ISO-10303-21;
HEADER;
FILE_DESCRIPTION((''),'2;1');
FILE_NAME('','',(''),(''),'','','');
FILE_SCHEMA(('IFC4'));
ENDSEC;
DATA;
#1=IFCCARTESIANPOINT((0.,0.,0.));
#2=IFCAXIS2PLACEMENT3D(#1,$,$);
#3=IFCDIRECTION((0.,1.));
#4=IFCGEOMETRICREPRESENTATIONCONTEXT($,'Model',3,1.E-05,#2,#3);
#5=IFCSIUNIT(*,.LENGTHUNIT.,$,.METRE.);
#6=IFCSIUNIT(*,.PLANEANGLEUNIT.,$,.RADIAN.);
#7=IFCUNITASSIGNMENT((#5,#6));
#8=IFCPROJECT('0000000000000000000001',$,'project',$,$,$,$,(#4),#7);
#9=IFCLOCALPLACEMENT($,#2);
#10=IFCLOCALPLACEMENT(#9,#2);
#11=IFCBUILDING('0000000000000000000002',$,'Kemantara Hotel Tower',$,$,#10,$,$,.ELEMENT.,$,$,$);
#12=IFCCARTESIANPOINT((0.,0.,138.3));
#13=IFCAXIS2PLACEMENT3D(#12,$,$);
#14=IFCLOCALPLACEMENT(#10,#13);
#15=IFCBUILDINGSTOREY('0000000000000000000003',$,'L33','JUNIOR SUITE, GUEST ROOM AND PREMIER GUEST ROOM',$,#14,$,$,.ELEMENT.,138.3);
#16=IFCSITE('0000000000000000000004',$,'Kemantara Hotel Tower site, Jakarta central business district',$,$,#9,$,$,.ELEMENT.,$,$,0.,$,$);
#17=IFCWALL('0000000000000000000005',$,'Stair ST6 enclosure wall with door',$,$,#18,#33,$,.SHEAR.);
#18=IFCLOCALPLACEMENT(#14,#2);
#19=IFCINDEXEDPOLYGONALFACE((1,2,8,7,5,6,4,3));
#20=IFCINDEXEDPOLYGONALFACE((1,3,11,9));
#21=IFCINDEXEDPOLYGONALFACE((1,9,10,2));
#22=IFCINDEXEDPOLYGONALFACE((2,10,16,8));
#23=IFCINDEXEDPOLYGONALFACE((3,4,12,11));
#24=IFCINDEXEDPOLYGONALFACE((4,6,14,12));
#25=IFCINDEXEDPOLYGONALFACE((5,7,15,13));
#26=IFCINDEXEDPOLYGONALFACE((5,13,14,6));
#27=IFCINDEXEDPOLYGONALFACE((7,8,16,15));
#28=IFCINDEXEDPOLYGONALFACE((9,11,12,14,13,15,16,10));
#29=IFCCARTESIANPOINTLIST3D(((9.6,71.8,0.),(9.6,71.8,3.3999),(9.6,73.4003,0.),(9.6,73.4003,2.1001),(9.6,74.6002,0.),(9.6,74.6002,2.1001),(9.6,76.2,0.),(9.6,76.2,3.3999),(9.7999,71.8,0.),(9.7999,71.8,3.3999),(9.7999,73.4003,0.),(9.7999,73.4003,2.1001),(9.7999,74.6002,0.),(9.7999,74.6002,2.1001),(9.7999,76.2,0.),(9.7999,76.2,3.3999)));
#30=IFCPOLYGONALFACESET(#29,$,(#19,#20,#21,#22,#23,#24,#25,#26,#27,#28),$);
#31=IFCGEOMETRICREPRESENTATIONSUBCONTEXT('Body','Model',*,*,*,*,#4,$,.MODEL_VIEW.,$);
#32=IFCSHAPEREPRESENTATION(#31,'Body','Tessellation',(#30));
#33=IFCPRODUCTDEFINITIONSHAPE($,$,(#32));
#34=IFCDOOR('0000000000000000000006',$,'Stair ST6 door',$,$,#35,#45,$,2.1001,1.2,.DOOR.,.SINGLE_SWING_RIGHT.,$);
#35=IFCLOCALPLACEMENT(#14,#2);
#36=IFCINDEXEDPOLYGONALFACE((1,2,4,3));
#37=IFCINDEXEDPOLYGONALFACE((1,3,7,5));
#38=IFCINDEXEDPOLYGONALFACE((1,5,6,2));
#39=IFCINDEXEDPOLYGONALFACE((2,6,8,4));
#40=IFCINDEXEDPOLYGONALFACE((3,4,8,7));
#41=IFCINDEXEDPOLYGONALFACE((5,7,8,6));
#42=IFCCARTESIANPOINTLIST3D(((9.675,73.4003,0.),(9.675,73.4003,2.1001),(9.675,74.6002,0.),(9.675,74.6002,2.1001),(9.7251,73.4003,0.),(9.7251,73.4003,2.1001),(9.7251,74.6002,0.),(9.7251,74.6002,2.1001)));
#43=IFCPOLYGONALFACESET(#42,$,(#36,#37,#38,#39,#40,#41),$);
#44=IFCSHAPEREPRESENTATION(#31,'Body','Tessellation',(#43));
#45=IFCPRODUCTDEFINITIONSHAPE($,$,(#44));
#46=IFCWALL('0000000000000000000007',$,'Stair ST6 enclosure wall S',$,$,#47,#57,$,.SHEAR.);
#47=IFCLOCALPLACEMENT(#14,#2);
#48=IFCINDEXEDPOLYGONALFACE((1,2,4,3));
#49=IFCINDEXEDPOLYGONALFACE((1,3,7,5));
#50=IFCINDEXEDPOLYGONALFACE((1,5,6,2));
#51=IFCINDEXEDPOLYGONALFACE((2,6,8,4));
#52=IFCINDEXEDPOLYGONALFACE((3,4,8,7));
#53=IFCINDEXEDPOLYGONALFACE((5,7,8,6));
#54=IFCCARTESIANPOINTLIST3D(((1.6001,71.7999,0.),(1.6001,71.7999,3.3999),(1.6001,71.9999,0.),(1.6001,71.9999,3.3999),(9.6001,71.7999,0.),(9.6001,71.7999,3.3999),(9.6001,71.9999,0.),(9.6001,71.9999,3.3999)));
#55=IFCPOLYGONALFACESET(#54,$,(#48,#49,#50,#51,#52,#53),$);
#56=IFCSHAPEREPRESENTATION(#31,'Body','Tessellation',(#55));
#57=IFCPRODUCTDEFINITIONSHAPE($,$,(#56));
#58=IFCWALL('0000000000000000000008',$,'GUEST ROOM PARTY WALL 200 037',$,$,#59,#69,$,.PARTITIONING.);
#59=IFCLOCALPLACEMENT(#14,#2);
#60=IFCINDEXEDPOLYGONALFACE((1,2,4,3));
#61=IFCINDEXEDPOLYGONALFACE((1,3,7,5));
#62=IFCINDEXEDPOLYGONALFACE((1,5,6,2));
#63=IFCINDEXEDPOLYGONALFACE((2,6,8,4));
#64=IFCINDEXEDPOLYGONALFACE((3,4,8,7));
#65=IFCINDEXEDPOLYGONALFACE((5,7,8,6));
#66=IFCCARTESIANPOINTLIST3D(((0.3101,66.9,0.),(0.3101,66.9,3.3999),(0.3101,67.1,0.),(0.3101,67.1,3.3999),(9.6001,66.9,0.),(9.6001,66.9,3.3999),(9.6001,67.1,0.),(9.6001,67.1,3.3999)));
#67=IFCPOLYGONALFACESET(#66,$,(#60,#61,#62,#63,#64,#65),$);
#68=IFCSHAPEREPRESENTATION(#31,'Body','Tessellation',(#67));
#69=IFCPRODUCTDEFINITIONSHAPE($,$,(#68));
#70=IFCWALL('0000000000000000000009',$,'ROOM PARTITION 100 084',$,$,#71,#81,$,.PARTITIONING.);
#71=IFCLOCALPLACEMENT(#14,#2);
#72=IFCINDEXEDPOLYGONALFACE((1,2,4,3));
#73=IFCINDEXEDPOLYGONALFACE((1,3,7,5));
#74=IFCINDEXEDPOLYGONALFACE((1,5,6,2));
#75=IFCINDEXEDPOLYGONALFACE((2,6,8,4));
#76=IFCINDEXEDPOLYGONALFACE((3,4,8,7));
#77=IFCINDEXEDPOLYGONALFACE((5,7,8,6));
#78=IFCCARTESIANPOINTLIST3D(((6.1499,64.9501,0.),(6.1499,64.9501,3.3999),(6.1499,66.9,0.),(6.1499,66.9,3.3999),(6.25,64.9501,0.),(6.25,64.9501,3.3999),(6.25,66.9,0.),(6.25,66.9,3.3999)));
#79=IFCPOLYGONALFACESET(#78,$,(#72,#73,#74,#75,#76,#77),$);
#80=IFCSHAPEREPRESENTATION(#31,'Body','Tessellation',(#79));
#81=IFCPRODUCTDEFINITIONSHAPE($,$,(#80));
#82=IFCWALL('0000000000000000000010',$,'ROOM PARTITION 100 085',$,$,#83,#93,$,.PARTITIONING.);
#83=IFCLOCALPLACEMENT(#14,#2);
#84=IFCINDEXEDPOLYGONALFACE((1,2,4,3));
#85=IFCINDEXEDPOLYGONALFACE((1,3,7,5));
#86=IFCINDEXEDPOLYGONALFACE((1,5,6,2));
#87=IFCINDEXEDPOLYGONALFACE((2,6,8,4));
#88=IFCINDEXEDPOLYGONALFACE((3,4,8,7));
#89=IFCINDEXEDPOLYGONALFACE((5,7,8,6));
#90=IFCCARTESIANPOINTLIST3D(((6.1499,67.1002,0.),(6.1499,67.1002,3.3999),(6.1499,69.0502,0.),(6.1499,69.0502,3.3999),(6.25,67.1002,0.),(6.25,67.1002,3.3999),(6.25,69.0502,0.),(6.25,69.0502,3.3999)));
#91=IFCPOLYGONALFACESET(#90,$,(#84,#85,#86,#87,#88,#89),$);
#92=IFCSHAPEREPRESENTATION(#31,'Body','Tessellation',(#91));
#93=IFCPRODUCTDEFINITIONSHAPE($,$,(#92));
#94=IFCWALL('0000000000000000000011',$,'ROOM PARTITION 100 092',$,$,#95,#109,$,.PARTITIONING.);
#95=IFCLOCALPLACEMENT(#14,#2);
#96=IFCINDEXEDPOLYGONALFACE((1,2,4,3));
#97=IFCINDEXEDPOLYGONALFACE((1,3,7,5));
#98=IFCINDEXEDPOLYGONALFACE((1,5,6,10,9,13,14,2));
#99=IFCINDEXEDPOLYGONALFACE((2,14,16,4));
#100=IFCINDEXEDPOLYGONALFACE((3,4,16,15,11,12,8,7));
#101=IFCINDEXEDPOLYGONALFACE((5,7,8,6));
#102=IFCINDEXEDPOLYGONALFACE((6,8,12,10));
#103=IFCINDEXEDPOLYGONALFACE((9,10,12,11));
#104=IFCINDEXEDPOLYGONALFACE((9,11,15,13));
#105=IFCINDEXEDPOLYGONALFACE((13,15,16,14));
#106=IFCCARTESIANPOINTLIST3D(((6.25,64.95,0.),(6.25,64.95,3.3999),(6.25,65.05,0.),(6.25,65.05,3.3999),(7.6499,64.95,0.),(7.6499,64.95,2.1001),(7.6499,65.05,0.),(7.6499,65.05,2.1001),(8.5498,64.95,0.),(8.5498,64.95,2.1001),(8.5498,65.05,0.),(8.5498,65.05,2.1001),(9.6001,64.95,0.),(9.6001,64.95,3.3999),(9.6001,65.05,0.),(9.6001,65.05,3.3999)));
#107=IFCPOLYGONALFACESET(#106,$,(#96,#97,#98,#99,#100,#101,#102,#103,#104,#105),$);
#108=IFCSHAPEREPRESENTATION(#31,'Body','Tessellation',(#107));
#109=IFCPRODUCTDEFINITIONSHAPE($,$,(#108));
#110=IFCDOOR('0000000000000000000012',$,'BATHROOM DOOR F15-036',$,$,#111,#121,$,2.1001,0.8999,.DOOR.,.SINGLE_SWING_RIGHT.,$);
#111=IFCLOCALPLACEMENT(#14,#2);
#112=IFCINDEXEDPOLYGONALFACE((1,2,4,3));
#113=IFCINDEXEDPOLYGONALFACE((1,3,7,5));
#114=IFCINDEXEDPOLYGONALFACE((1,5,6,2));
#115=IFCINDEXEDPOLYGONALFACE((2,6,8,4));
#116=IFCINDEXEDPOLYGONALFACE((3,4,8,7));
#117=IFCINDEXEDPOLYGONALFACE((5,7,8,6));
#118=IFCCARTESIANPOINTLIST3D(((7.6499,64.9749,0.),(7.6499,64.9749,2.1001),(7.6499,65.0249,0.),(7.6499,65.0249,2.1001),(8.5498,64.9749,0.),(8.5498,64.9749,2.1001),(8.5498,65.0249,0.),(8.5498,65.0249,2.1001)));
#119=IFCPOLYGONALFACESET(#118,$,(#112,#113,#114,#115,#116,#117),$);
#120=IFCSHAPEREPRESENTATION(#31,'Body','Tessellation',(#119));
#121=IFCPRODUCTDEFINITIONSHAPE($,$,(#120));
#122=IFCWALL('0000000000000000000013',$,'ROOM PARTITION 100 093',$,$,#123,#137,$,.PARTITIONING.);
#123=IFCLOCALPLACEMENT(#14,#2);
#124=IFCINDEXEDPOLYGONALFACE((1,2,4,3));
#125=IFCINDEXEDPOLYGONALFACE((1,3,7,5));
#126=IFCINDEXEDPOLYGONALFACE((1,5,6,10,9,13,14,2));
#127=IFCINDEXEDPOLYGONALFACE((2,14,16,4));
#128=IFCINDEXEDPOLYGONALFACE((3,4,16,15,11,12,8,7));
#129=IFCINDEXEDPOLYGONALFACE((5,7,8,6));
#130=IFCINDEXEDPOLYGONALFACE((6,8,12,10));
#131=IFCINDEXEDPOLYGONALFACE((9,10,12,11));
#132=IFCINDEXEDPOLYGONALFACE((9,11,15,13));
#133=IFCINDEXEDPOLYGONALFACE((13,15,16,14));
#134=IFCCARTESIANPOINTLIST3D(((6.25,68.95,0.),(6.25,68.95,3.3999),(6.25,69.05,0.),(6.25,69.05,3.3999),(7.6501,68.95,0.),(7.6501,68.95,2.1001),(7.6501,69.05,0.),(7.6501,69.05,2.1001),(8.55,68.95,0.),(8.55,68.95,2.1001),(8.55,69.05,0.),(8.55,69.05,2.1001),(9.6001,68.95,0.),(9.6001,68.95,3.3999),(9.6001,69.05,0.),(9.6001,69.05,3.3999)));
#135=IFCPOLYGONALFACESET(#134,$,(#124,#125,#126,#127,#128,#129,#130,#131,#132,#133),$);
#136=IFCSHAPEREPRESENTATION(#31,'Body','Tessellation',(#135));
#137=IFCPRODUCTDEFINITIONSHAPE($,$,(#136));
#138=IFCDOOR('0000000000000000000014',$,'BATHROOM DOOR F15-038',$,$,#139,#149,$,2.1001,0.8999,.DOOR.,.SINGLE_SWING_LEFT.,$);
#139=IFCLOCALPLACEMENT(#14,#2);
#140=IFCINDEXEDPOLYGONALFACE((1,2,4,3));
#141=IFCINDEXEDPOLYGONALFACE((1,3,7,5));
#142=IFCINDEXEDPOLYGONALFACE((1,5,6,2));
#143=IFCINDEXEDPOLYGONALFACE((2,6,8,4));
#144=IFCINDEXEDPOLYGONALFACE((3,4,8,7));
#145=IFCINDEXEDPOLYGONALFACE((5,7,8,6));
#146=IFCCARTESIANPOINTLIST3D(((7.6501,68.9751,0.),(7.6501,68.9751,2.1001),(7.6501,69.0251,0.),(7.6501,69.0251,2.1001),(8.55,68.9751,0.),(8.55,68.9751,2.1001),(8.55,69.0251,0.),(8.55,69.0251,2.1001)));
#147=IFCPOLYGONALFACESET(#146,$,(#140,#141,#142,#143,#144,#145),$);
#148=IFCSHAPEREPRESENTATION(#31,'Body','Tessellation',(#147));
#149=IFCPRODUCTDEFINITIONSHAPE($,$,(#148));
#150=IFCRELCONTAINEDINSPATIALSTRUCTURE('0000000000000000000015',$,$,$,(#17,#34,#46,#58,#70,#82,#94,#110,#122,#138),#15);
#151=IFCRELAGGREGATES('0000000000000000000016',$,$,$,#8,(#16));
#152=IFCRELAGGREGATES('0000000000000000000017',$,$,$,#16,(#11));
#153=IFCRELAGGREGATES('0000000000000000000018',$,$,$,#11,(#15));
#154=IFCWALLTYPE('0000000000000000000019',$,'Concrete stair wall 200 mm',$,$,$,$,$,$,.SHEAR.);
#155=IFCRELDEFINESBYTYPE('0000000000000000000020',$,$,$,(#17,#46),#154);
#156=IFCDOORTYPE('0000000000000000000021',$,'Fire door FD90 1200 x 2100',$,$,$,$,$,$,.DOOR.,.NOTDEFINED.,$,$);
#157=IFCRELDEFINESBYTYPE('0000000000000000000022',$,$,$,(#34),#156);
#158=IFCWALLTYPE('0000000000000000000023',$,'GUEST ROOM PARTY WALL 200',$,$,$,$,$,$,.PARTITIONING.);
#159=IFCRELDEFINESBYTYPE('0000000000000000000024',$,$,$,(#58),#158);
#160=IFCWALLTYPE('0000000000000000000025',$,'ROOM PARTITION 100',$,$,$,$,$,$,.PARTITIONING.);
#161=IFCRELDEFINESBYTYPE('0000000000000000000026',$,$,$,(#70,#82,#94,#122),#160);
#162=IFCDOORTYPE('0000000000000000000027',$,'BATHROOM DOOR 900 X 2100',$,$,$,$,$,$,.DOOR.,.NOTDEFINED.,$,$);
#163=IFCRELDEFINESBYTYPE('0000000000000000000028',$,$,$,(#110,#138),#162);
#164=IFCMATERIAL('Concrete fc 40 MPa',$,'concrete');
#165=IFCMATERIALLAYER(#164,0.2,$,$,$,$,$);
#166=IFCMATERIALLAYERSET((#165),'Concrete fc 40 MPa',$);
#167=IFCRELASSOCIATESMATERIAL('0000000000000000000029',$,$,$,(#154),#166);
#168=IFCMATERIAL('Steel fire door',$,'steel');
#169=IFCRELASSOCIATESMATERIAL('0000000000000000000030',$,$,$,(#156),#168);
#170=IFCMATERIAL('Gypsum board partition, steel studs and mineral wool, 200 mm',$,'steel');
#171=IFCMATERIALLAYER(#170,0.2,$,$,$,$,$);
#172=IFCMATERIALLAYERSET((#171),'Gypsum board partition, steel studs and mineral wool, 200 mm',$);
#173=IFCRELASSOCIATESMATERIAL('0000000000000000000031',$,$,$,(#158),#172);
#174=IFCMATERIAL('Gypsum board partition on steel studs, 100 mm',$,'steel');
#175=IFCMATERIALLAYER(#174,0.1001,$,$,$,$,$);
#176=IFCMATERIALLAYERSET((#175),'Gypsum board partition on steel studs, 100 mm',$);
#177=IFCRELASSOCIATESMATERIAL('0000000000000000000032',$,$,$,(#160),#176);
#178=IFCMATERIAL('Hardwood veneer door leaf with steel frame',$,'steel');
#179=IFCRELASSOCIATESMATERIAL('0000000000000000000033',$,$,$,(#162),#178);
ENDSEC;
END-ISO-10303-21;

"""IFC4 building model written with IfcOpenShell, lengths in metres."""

from ifc_helpers import new_model, si_unit, direction, frame, frame_2d, origin, place, context, subcontext, project, spatial, rectangle, extrude, material, layer, layer_set, type_object, element, fill, save


model = new_model("IFC4")

# Units and contexts
model_context = context("Model", 3, precision=1e-05, world=origin(), true_north=direction((0.0, 1.0)))
body_context = subcontext(model_context, "Body", "Model", "MODEL_VIEW")
ifc_project = project(units=[si_unit("LENGTHUNIT", "METRE"), si_unit("PLANEANGLEUNIT", "RADIAN")], contexts=[model_context])

# Site, building, storey
site_placement = place(None, origin())
site = spatial("IfcSite", under=ifc_project, at=site_placement, Name="Kemantara Hotel Tower site, Jakarta central business district", CompositionType="ELEMENT", RefElevation=0.0)
building_placement = place(site_placement, origin())
building = spatial("IfcBuilding", under=site, at=building_placement, Name="Kemantara Hotel Tower", CompositionType="ELEMENT")
storey_placement = place(building_placement, frame((0.0, 0.0, 138.3)))
storey = spatial("IfcBuildingStorey", under=building, at=storey_placement, Name="L33", Description="JUNIOR SUITE, GUEST ROOM AND PREMIER GUEST ROOM", CompositionType="ELEMENT", Elevation=138.3)

# Shared definitions
ifc_material_1 = material(Name="Gypsum board partition, steel studs and mineral wool, 200 mm", Category="steel")
ifc_material_2 = material(Name="Hardwood veneer door leaf with steel frame", Category="steel")

# Shared definitions
ifc_material_3 = material(Name="Concrete fc 40 MPa", Category="concrete")
ifc_layer_1 = layer(ifc_material_3, 0.2)
ifc_layer_set_1 = layer_set([ifc_layer_1], Name="Concrete fc 40 MPa")
wall_type_1 = type_object("IfcWallType", Name="Concrete stair wall 200 mm", PredefinedType="SHEAR", material=ifc_layer_set_1)

# Wall, opening, door
wall_1_placement = place(storey_placement, frame((9.7, 71.8, 0.0), z_axis=(0.0, 0.0, 1.0), x_axis=(0.0, 1.0, 0.0)))
wall_1 = element("IfcWall", 1, at=wall_1_placement, inside=storey, type_object=wall_type_1, Name="Stair ST6 enclosure wall with door", PredefinedType="SHEAR", context=body_context, shape_type="SweptSolid", body=[
    extrude(rectangle(XDim=4.3999, YDim=0.2, at=frame_2d((2.2, 0.0))), origin(), (0.0, 0.0, 1.0), 3.3999),
])
opening_1_placement = place(wall_1_placement, frame((1.6001, 0.0, 0.0)))
opening_1 = element("IfcOpeningElement", 2, at=opening_1_placement, cuts=wall_1, PredefinedType="OPENING", context=body_context, shape_type="SweptSolid", body=[
    extrude(rectangle(XDim=1.2, YDim=2.1001, at=frame_2d((0.6001, 1.05))), frame((0.0, 0.1099, 0.0), z_axis=(0.0, -1.0, 0.0), x_axis=(1.0, 0.0, 0.0)), (0.0, 0.0, 1.0), 0.22),
])
ifc_material_4 = material(Name="Steel fire door", Category="steel")
door_type_1 = type_object("IfcDoorType", Name="Fire door FD90 1200 x 2100", OperationType="NOTDEFINED", PredefinedType="DOOR", material=ifc_material_4)
door_1_placement = place(opening_1_placement, origin())
door_1 = element("IfcDoor", 3, at=door_1_placement, inside=storey, type_object=door_type_1, Name="Stair ST6 door", OperationType="SINGLE_SWING_RIGHT", OverallHeight=2.1001, OverallWidth=1.2, PredefinedType="DOOR", context=body_context, shape_type="SweptSolid", body=[
    extrude(rectangle(XDim=1.2, YDim=2.1001, at=frame_2d((0.6001, 1.05))), frame((0.0, 0.0249, 0.0), z_axis=(0.0, -1.0, 0.0), x_axis=(1.0, 0.0, 0.0)), (0.0, 0.0, 1.0), 0.05),
])
fill(opening_1, door_1)

# Walls
wall_2_placement = place(storey_placement, frame((1.6001, 71.8999, 0.0), z_axis=(0.0, 0.0, 1.0), x_axis=(1.0, 0.0, 0.0)))
element("IfcWall", 4, at=wall_2_placement, inside=storey, type_object=wall_type_1, Name="Stair ST6 enclosure wall S", PredefinedType="SHEAR", context=body_context, shape_type="SweptSolid", body=[
    extrude(rectangle(XDim=8.0, YDim=0.2, at=frame_2d((4.0, 0.0))), origin(), (0.0, 0.0, 1.0), 3.3999),
])
ifc_layer_2 = layer(ifc_material_1, 0.2)
ifc_layer_set_2 = layer_set([ifc_layer_2], Name="Gypsum board partition, steel studs and mineral wool, 200 mm")
wall_type_2 = type_object("IfcWallType", Name="GUEST ROOM PARTY WALL 200", PredefinedType="PARTITIONING", material=ifc_layer_set_2)
wall_3_placement = place(storey_placement, frame((0.3101, 67.0, 0.0), z_axis=(0.0, 0.0, 1.0), x_axis=(1.0, 0.0, 0.0)))
element("IfcWall", 5, at=wall_3_placement, inside=storey, type_object=wall_type_2, Name="GUEST ROOM PARTY WALL 200 037", PredefinedType="PARTITIONING", context=body_context, shape_type="SweptSolid", body=[
    extrude(rectangle(XDim=9.29, YDim=0.2, at=frame_2d((4.645, 0.0))), origin(), (0.0, 0.0, 1.0), 3.3999),
])
ifc_material_5 = material(Name="Gypsum board partition on steel studs, 100 mm", Category="steel")
ifc_layer_3 = layer(ifc_material_5, 0.1001)
ifc_layer_set_3 = layer_set([ifc_layer_3], Name="Gypsum board partition on steel studs, 100 mm")
wall_type_3 = type_object("IfcWallType", Name="ROOM PARTITION 100", PredefinedType="PARTITIONING", material=ifc_layer_set_3)
for number, where, z_axis, x_axis, name in (
    (6, (6.2, 64.95, 0.0), (0.0, 0.0, 1.0), (0.0, 1.0, 0.0), "ROOM PARTITION 100 084"),
    (7, (6.2, 67.1001, 0.0), (0.0, 0.0, 1.0), (0.0, 1.0, 0.0), "ROOM PARTITION 100 085"),
):
    element("IfcWall", number, at=place(storey_placement, frame(where, z_axis=z_axis, x_axis=x_axis)), inside=storey, type_object=wall_type_3, Name=name, PredefinedType="PARTITIONING", context=body_context, shape_type="SweptSolid", body=[
        extrude(rectangle(XDim=1.95, YDim=0.1001, at=frame_2d((0.9751, 0.0))), origin(), (0.0, 0.0, 1.0), 3.3999),
    ])

# Walls, openings, doors
wall_4_placement = place(storey_placement, frame((6.25, 65.0, 0.0), z_axis=(0.0, 0.0, 1.0), x_axis=(1.0, 0.0, 0.0)))
wall_4 = element("IfcWall", 8, at=wall_4_placement, inside=storey, type_object=wall_type_3, Name="ROOM PARTITION 100 092", PredefinedType="PARTITIONING", context=body_context, shape_type="SweptSolid", body=[
    extrude(rectangle(XDim=3.3501, YDim=0.1001, at=frame_2d((1.675, 0.0))), origin(), (0.0, 0.0, 1.0), 3.3999),
])
opening_2_placement = place(wall_4_placement, frame((1.3999, 0.0, 0.0)))
opening_2 = element("IfcOpeningElement", 9, at=opening_2_placement, cuts=wall_4, PredefinedType="OPENING", context=body_context, shape_type="SweptSolid", body=[
    extrude(rectangle(XDim=0.8999, YDim=2.1001, at=frame_2d((0.45, 1.05))), frame((0.0, 0.0601, 0.0), z_axis=(0.0, -1.0, 0.0), x_axis=(1.0, 0.0, 0.0)), (0.0, 0.0, 1.0), 0.1201),
])
door_type_2 = type_object("IfcDoorType", Name="BATHROOM DOOR 900 X 2100", OperationType="NOTDEFINED", PredefinedType="DOOR", material=ifc_material_2)
door_2_placement = place(opening_2_placement, origin())
door_2 = element("IfcDoor", 10, at=door_2_placement, inside=storey, type_object=door_type_2, Name="BATHROOM DOOR F15-036", OperationType="SINGLE_SWING_RIGHT", OverallHeight=2.1001, OverallWidth=0.8999, PredefinedType="DOOR", context=body_context, shape_type="SweptSolid", body=[
    extrude(rectangle(XDim=0.8999, YDim=2.1001, at=frame_2d((0.45, 1.05))), frame((0.0, 0.0249, 0.0), z_axis=(0.0, -1.0, 0.0), x_axis=(1.0, 0.0, 0.0)), (0.0, 0.0, 1.0), 0.05),
])
fill(opening_2, door_2)
wall_5_placement = place(storey_placement, frame((9.6001, 69.0, 0.0), z_axis=(0.0, 0.0, 1.0), x_axis=(-1.0, 0.0, 0.0)))
wall_5 = element("IfcWall", 11, at=wall_5_placement, inside=storey, type_object=wall_type_3, Name="ROOM PARTITION 100 093", PredefinedType="PARTITIONING", context=body_context, shape_type="SweptSolid", body=[
    extrude(rectangle(XDim=3.3501, YDim=0.1001, at=frame_2d((1.675, 0.0))), origin(), (0.0, 0.0, 1.0), 3.3999),
])
opening_3_placement = place(wall_5_placement, frame((1.05, 0.0, 0.0)))
opening_3 = element("IfcOpeningElement", 12, at=opening_3_placement, cuts=wall_5, PredefinedType="OPENING", context=body_context, shape_type="SweptSolid", body=[
    extrude(rectangle(XDim=0.8999, YDim=2.1001, at=frame_2d((0.45, 1.05))), frame((0.0, 0.0601, 0.0), z_axis=(0.0, -1.0, 0.0), x_axis=(1.0, 0.0, 0.0)), (0.0, 0.0, 1.0), 0.1201),
])
door_3_placement = place(opening_3_placement, origin())
door_3 = element("IfcDoor", 13, at=door_3_placement, inside=storey, type_object=door_type_2, Name="BATHROOM DOOR F15-038", OperationType="SINGLE_SWING_LEFT", OverallHeight=2.1001, OverallWidth=0.8999, PredefinedType="DOOR", context=body_context, shape_type="SweptSolid", body=[
    extrude(rectangle(XDim=0.8999, YDim=2.1001, at=frame_2d((0.45, 1.05))), frame((0.0, 0.0249, 0.0), z_axis=(0.0, -1.0, 0.0), x_axis=(1.0, 0.0, 0.0)), (0.0, 0.0, 1.0), 0.05),
])
fill(opening_3, door_3)

save(model, "model.ifc")
